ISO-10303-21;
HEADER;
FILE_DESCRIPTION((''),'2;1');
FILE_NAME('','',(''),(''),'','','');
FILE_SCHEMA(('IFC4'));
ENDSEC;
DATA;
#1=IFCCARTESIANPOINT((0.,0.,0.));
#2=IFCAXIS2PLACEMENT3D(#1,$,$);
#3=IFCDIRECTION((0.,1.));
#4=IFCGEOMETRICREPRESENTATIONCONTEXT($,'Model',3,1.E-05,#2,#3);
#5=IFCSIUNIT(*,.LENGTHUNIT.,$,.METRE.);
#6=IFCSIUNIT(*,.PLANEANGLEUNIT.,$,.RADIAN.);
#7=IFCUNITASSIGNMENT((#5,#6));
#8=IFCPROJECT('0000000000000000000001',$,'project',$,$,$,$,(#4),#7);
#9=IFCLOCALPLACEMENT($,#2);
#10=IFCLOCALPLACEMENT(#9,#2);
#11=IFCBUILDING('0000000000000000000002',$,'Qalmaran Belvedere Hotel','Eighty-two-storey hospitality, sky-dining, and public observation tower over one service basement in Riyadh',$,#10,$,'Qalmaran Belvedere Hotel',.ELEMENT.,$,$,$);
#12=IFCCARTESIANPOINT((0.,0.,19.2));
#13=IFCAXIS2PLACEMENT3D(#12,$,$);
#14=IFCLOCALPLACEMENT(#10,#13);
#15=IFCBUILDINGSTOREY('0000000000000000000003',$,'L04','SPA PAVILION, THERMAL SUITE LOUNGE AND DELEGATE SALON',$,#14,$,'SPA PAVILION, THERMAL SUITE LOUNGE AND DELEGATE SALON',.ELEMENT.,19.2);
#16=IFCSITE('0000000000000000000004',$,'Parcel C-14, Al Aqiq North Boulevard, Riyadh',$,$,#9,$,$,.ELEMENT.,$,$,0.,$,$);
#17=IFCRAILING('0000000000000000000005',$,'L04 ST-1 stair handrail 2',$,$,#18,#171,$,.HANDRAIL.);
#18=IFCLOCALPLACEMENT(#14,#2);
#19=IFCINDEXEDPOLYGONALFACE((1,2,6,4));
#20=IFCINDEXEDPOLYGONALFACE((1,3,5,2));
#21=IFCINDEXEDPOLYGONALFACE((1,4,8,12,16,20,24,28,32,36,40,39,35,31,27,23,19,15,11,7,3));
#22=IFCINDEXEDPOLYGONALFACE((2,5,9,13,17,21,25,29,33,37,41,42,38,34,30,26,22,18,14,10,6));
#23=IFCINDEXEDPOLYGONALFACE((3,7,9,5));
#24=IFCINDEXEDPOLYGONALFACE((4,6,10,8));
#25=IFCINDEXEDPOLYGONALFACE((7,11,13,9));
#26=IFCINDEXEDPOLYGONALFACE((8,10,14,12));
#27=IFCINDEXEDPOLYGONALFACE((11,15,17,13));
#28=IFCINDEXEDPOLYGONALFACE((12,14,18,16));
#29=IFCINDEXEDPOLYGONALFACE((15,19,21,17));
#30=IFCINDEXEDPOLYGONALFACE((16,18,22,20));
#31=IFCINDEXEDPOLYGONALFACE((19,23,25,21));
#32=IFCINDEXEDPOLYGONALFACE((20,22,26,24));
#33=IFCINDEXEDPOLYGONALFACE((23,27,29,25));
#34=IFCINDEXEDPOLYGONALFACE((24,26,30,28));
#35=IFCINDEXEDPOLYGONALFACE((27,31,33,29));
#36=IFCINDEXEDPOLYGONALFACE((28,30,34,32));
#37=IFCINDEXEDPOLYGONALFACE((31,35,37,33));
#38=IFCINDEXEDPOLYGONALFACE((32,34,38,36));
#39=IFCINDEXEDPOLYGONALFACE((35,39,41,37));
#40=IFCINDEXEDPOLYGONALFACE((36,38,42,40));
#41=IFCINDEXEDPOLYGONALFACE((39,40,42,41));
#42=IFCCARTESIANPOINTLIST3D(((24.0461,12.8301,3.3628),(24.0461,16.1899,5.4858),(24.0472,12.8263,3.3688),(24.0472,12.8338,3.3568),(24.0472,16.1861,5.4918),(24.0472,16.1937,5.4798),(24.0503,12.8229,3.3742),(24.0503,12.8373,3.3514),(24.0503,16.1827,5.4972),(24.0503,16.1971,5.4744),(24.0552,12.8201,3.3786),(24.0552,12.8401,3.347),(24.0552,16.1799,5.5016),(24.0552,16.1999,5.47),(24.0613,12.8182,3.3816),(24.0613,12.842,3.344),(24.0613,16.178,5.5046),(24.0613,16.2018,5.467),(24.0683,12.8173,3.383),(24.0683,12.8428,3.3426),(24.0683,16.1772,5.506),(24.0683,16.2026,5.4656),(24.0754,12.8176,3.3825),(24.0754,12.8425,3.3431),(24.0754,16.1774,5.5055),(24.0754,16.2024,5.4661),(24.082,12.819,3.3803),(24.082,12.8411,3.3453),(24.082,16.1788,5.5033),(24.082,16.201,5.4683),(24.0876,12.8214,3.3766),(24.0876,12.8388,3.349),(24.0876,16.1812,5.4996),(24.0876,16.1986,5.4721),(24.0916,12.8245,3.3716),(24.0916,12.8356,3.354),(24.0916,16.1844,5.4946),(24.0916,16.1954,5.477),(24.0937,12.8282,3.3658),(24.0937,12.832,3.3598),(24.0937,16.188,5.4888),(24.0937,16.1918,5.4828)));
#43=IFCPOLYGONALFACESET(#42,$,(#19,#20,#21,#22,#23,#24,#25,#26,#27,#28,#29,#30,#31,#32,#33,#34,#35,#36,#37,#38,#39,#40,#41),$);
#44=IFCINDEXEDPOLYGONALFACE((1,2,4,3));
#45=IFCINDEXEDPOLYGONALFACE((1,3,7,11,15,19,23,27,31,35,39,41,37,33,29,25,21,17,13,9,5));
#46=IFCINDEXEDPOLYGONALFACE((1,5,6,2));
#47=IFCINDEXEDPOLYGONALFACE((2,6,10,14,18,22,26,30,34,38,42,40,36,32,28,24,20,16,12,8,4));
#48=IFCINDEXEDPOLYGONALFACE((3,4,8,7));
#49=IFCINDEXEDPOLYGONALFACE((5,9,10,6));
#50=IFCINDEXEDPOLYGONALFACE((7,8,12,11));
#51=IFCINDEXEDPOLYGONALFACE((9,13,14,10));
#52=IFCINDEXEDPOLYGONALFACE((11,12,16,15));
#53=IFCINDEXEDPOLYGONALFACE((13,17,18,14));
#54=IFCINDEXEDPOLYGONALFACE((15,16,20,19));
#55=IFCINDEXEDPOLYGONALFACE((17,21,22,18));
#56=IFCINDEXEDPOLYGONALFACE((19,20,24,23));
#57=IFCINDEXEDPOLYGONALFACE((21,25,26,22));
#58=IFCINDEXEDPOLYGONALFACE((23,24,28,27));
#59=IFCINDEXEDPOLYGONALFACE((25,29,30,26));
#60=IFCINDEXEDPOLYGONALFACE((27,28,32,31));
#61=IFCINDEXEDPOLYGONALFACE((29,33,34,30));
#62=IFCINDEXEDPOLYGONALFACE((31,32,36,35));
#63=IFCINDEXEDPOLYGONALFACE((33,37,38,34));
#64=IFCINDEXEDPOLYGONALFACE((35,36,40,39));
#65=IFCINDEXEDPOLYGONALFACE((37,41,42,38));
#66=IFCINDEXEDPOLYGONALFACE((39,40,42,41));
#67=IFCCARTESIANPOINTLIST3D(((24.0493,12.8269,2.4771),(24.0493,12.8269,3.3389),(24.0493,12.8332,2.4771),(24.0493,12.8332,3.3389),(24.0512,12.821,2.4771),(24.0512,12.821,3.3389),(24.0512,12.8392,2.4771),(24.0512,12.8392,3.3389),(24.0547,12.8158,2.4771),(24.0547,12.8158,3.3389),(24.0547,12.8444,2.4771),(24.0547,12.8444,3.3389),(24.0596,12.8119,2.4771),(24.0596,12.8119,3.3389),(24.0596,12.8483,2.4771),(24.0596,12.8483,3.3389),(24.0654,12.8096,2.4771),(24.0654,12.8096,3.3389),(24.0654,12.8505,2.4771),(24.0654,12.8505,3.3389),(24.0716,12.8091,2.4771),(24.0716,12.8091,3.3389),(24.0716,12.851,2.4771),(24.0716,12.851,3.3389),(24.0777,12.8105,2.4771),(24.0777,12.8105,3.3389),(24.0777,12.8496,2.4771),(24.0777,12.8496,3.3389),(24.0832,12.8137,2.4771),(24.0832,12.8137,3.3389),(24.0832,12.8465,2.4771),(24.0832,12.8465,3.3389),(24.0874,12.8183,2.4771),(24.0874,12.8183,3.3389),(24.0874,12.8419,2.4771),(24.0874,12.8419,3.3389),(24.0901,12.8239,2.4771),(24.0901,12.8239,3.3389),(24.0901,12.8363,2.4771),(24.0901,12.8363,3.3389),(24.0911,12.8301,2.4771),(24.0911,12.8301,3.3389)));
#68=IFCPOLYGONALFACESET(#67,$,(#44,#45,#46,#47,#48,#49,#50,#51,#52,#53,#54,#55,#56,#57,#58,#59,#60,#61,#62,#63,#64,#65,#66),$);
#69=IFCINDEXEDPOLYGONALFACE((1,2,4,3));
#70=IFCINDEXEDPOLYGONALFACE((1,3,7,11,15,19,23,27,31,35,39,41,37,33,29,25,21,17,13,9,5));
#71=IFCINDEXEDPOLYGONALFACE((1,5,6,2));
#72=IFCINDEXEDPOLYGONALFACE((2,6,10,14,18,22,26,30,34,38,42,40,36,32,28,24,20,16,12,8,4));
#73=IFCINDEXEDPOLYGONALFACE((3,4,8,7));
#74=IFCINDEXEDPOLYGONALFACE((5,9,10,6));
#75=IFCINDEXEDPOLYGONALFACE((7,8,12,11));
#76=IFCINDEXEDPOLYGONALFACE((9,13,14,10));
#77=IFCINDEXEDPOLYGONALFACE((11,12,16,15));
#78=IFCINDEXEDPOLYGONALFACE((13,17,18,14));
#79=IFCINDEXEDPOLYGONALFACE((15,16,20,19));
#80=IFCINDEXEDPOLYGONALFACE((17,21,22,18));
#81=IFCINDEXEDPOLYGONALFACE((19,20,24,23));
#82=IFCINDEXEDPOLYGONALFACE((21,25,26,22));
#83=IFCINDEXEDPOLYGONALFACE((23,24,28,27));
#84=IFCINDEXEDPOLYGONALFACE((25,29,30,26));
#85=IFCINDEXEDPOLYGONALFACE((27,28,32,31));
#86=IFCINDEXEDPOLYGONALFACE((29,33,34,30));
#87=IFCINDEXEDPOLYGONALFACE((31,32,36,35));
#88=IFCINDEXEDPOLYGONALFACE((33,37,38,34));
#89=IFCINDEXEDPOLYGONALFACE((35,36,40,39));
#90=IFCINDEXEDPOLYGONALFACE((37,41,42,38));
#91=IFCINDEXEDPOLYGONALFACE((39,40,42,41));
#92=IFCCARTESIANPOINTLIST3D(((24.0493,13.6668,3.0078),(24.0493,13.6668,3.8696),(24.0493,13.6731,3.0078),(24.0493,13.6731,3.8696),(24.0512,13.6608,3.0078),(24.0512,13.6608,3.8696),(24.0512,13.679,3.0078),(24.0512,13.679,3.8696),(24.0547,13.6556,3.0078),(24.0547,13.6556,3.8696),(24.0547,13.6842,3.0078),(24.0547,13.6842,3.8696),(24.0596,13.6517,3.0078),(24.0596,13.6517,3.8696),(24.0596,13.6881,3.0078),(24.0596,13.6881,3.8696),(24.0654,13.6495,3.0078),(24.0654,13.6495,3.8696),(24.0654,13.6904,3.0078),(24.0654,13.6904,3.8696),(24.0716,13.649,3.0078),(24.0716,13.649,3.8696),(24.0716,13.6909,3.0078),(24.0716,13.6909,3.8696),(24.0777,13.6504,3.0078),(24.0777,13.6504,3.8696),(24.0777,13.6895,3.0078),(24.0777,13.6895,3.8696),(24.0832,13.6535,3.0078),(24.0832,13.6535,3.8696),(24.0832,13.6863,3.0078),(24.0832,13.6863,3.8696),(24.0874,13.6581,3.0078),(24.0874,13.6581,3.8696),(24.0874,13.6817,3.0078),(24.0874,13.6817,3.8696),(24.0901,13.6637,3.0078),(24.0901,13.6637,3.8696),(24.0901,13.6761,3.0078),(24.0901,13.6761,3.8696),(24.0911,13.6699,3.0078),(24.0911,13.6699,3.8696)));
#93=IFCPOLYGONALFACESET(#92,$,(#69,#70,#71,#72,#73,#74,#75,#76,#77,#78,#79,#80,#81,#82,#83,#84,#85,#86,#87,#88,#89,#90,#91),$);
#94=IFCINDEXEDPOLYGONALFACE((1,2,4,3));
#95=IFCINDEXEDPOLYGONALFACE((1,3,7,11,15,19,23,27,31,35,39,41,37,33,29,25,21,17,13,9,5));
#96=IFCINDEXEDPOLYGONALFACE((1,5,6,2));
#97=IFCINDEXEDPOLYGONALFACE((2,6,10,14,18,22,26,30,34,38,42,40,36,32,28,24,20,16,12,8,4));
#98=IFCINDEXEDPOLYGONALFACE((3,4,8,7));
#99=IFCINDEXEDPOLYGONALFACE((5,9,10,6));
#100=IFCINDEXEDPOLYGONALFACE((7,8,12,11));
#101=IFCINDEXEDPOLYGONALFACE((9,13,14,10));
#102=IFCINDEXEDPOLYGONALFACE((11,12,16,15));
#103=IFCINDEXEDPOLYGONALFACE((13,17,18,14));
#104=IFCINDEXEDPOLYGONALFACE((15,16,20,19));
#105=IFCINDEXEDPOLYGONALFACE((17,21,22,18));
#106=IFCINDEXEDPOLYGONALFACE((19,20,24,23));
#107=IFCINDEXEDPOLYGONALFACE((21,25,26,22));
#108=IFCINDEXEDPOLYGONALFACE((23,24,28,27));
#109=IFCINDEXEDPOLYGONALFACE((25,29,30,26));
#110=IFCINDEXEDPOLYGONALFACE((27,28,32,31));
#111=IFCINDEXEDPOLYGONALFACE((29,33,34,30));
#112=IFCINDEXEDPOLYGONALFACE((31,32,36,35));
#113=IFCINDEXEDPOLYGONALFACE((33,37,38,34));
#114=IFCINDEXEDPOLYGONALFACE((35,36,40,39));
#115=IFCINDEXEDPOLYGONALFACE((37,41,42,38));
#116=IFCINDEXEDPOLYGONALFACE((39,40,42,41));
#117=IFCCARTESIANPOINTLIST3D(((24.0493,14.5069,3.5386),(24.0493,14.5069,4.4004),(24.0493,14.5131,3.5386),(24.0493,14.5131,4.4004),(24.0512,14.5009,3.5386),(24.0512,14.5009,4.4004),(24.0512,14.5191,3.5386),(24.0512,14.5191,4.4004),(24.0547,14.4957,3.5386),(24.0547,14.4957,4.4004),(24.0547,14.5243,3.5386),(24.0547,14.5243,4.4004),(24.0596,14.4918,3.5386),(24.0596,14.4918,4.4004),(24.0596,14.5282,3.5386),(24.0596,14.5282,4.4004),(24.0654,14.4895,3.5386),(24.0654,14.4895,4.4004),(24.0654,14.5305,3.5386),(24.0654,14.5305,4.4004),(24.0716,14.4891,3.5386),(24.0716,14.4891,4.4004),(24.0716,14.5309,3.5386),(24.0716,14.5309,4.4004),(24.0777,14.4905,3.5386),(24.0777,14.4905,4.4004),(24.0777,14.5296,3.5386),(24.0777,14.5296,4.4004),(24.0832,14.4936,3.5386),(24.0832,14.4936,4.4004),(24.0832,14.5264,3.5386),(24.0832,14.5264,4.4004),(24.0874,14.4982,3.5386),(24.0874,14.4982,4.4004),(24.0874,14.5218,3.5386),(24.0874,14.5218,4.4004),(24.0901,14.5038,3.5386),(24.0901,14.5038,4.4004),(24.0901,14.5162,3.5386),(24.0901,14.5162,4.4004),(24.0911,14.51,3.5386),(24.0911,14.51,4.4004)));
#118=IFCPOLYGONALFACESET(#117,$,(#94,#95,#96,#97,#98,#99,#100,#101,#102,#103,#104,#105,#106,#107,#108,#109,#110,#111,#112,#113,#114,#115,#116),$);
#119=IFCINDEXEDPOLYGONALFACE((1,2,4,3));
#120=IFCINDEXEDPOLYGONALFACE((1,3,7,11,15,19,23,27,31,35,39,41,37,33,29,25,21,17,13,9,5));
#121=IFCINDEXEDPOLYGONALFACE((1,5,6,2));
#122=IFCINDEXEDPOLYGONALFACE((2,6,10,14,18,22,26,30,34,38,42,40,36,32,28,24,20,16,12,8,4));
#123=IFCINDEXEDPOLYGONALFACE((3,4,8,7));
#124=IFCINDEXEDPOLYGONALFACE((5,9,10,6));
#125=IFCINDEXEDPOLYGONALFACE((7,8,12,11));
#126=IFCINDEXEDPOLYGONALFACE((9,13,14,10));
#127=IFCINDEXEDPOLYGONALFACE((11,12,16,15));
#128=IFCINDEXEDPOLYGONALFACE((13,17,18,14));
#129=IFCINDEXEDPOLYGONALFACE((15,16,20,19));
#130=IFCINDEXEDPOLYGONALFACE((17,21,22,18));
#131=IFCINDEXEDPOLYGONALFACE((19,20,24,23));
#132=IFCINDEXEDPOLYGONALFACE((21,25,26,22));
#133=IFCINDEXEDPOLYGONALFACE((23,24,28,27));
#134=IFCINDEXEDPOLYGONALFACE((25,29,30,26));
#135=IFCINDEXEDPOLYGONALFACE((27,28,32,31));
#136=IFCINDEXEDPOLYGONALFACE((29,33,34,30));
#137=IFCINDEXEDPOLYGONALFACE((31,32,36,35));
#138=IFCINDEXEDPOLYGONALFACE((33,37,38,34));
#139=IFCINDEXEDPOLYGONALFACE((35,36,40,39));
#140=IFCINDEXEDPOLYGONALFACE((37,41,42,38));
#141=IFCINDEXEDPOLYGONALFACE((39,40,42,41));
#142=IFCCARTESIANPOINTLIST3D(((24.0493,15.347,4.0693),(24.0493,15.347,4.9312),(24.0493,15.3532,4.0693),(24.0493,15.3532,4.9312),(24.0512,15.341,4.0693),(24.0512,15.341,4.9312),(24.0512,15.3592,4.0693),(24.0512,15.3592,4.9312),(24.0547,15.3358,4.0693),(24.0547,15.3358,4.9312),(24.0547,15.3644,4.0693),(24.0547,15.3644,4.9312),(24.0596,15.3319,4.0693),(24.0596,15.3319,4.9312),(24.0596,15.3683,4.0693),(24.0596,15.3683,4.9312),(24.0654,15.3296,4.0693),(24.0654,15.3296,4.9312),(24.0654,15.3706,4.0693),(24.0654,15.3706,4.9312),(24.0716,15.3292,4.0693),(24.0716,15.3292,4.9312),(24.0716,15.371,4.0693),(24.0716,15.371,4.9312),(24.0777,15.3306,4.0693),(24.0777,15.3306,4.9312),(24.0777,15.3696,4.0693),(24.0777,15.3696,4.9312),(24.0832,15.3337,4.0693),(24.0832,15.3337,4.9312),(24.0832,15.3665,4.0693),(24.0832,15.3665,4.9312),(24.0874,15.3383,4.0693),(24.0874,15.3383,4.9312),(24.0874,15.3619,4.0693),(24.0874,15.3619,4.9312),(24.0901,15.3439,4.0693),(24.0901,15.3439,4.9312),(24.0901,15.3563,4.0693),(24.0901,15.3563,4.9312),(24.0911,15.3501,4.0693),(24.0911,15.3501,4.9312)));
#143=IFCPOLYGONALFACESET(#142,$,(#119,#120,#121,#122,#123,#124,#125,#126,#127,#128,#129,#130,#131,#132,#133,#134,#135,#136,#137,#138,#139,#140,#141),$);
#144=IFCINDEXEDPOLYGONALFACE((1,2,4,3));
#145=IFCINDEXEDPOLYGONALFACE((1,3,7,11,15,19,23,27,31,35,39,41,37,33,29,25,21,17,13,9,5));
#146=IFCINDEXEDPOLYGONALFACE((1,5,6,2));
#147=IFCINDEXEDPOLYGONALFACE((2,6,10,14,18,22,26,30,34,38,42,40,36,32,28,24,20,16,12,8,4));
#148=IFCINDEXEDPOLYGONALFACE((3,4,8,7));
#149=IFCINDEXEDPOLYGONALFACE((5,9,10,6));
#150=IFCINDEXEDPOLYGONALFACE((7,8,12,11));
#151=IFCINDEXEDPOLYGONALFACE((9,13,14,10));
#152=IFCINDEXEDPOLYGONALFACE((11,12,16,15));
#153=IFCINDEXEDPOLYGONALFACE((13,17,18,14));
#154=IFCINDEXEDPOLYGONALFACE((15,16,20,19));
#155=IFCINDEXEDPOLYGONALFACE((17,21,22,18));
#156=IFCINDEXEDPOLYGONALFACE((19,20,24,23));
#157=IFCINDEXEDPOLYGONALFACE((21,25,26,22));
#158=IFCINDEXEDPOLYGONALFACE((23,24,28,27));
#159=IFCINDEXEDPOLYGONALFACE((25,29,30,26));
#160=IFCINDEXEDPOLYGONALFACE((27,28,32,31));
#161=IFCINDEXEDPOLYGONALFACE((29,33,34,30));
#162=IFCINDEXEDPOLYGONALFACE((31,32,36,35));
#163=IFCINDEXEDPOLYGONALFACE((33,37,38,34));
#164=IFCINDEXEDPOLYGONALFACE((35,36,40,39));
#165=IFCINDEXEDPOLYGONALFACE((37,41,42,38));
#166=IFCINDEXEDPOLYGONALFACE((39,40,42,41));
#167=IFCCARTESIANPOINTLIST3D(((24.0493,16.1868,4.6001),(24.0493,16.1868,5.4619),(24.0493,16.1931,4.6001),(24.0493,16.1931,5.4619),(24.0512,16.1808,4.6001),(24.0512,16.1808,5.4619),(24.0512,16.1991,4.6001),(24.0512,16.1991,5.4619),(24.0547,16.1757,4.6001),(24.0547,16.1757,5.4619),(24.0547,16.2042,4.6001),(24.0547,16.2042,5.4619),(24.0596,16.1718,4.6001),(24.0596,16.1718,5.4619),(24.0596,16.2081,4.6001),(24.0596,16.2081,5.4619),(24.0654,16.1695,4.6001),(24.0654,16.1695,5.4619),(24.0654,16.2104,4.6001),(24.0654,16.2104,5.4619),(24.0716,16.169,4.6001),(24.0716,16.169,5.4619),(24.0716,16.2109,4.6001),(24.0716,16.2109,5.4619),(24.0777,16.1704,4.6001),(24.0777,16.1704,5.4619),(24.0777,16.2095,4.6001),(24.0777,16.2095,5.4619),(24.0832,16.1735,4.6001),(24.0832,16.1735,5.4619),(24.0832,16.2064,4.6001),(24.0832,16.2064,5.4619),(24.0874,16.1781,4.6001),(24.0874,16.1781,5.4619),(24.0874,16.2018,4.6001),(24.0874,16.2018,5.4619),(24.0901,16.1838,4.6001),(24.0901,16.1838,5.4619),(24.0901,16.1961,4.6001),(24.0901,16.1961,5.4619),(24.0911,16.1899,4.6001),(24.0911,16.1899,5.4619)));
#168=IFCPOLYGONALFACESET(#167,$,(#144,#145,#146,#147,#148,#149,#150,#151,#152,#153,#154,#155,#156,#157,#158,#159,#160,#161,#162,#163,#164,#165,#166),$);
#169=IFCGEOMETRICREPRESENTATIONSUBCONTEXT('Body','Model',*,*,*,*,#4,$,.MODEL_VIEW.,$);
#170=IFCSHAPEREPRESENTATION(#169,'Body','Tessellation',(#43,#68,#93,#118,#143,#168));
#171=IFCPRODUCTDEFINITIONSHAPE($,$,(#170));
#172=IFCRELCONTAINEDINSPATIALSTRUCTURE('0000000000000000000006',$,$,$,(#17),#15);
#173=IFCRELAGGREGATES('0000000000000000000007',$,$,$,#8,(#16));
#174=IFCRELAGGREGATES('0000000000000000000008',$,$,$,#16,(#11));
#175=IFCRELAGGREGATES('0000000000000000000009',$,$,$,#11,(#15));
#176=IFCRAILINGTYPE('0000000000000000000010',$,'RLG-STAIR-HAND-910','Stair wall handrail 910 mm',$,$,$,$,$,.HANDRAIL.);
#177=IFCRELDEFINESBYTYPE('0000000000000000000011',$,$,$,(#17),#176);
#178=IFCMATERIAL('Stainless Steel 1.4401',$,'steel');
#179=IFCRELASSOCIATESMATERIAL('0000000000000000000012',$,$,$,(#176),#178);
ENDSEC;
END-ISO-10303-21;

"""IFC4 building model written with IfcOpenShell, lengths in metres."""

from ifc_helpers import new_model, si_unit, direction, frame, origin, origin_2d, place, context, subcontext, project, spatial, circle, extrude, material, type_object, element, save


model = new_model("IFC4")

# Units and contexts
model_context = context("Model", 3, precision=1e-05, world=origin(), true_north=direction((0.0, 1.0)))
body_context = subcontext(model_context, "Body", "Model", "MODEL_VIEW")
ifc_project = project(units=[si_unit("LENGTHUNIT", "METRE"), si_unit("PLANEANGLEUNIT", "RADIAN")], contexts=[model_context])

# Site, building, storey
site_placement = place(None, origin())
site = spatial("IfcSite", under=ifc_project, at=site_placement, Name="Parcel C-14, Al Aqiq North Boulevard, Riyadh", CompositionType="ELEMENT", RefElevation=0.0)
building_placement = place(site_placement, origin())
building = spatial("IfcBuilding", under=site, at=building_placement, Name="Qalmaran Belvedere Hotel", Description="Eighty-two-storey hospitality, sky-dining, and public observation tower over one service basement in Riyadh", LongName="Qalmaran Belvedere Hotel", CompositionType="ELEMENT")
storey_placement = place(building_placement, frame((0.0, 0.0, 19.2)))
storey = spatial("IfcBuildingStorey", under=building, at=storey_placement, Name="L04", Description="SPA PAVILION, THERMAL SUITE LOUNGE AND DELEGATE SALON", LongName="SPA PAVILION, THERMAL SUITE LOUNGE AND DELEGATE SALON", CompositionType="ELEMENT", Elevation=19.2)

# Railing
ifc_material_1 = material(Name="Stainless Steel 1.4401", Category="steel")
railing_type_1 = type_object("IfcRailingType", Name="RLG-STAIR-HAND-910", Description="Stair wall handrail 910 mm", PredefinedType="HANDRAIL", material=ifc_material_1)
railing_1_placement = place(storey_placement, frame((24.0701, 12.8301, 2.4771)))
element("IfcRailing", 1, at=railing_1_placement, inside=storey, type_object=railing_type_1, Name="L04 ST-1 stair handrail 2", PredefinedType="HANDRAIL", context=body_context, shape_type="SweptSolid", body=[
    extrude(circle(Radius=0.0239, at=origin_2d()), frame((0.0, 0.0, 0.8857), z_axis=(0.0, 0.845372, 0.534178), x_axis=(-1.0, 0.0, 0.0)), (0.0, 0.0, 1.0), 3.9744),
    extrude(circle(Radius=0.021, at=origin_2d()), origin(), (0.0, 0.0, 1.0), 0.8618),
    extrude(circle(Radius=0.021, at=origin_2d()), frame((0.0, 0.8398, 0.5308)), (0.0, 0.0, 1.0), 0.8618),
    extrude(circle(Radius=0.021, at=origin_2d()), frame((0.0, 1.6799, 1.0615)), (0.0, 0.0, 1.0), 0.8618),
    extrude(circle(Radius=0.021, at=origin_2d()), frame((0.0, 2.52, 1.5923)), (0.0, 0.0, 1.0), 0.8618),
    extrude(circle(Radius=0.021, at=origin_2d()), frame((0.0, 3.3599, 2.123)), (0.0, 0.0, 1.0), 0.8618),
])

save(model, "model.ifc")
